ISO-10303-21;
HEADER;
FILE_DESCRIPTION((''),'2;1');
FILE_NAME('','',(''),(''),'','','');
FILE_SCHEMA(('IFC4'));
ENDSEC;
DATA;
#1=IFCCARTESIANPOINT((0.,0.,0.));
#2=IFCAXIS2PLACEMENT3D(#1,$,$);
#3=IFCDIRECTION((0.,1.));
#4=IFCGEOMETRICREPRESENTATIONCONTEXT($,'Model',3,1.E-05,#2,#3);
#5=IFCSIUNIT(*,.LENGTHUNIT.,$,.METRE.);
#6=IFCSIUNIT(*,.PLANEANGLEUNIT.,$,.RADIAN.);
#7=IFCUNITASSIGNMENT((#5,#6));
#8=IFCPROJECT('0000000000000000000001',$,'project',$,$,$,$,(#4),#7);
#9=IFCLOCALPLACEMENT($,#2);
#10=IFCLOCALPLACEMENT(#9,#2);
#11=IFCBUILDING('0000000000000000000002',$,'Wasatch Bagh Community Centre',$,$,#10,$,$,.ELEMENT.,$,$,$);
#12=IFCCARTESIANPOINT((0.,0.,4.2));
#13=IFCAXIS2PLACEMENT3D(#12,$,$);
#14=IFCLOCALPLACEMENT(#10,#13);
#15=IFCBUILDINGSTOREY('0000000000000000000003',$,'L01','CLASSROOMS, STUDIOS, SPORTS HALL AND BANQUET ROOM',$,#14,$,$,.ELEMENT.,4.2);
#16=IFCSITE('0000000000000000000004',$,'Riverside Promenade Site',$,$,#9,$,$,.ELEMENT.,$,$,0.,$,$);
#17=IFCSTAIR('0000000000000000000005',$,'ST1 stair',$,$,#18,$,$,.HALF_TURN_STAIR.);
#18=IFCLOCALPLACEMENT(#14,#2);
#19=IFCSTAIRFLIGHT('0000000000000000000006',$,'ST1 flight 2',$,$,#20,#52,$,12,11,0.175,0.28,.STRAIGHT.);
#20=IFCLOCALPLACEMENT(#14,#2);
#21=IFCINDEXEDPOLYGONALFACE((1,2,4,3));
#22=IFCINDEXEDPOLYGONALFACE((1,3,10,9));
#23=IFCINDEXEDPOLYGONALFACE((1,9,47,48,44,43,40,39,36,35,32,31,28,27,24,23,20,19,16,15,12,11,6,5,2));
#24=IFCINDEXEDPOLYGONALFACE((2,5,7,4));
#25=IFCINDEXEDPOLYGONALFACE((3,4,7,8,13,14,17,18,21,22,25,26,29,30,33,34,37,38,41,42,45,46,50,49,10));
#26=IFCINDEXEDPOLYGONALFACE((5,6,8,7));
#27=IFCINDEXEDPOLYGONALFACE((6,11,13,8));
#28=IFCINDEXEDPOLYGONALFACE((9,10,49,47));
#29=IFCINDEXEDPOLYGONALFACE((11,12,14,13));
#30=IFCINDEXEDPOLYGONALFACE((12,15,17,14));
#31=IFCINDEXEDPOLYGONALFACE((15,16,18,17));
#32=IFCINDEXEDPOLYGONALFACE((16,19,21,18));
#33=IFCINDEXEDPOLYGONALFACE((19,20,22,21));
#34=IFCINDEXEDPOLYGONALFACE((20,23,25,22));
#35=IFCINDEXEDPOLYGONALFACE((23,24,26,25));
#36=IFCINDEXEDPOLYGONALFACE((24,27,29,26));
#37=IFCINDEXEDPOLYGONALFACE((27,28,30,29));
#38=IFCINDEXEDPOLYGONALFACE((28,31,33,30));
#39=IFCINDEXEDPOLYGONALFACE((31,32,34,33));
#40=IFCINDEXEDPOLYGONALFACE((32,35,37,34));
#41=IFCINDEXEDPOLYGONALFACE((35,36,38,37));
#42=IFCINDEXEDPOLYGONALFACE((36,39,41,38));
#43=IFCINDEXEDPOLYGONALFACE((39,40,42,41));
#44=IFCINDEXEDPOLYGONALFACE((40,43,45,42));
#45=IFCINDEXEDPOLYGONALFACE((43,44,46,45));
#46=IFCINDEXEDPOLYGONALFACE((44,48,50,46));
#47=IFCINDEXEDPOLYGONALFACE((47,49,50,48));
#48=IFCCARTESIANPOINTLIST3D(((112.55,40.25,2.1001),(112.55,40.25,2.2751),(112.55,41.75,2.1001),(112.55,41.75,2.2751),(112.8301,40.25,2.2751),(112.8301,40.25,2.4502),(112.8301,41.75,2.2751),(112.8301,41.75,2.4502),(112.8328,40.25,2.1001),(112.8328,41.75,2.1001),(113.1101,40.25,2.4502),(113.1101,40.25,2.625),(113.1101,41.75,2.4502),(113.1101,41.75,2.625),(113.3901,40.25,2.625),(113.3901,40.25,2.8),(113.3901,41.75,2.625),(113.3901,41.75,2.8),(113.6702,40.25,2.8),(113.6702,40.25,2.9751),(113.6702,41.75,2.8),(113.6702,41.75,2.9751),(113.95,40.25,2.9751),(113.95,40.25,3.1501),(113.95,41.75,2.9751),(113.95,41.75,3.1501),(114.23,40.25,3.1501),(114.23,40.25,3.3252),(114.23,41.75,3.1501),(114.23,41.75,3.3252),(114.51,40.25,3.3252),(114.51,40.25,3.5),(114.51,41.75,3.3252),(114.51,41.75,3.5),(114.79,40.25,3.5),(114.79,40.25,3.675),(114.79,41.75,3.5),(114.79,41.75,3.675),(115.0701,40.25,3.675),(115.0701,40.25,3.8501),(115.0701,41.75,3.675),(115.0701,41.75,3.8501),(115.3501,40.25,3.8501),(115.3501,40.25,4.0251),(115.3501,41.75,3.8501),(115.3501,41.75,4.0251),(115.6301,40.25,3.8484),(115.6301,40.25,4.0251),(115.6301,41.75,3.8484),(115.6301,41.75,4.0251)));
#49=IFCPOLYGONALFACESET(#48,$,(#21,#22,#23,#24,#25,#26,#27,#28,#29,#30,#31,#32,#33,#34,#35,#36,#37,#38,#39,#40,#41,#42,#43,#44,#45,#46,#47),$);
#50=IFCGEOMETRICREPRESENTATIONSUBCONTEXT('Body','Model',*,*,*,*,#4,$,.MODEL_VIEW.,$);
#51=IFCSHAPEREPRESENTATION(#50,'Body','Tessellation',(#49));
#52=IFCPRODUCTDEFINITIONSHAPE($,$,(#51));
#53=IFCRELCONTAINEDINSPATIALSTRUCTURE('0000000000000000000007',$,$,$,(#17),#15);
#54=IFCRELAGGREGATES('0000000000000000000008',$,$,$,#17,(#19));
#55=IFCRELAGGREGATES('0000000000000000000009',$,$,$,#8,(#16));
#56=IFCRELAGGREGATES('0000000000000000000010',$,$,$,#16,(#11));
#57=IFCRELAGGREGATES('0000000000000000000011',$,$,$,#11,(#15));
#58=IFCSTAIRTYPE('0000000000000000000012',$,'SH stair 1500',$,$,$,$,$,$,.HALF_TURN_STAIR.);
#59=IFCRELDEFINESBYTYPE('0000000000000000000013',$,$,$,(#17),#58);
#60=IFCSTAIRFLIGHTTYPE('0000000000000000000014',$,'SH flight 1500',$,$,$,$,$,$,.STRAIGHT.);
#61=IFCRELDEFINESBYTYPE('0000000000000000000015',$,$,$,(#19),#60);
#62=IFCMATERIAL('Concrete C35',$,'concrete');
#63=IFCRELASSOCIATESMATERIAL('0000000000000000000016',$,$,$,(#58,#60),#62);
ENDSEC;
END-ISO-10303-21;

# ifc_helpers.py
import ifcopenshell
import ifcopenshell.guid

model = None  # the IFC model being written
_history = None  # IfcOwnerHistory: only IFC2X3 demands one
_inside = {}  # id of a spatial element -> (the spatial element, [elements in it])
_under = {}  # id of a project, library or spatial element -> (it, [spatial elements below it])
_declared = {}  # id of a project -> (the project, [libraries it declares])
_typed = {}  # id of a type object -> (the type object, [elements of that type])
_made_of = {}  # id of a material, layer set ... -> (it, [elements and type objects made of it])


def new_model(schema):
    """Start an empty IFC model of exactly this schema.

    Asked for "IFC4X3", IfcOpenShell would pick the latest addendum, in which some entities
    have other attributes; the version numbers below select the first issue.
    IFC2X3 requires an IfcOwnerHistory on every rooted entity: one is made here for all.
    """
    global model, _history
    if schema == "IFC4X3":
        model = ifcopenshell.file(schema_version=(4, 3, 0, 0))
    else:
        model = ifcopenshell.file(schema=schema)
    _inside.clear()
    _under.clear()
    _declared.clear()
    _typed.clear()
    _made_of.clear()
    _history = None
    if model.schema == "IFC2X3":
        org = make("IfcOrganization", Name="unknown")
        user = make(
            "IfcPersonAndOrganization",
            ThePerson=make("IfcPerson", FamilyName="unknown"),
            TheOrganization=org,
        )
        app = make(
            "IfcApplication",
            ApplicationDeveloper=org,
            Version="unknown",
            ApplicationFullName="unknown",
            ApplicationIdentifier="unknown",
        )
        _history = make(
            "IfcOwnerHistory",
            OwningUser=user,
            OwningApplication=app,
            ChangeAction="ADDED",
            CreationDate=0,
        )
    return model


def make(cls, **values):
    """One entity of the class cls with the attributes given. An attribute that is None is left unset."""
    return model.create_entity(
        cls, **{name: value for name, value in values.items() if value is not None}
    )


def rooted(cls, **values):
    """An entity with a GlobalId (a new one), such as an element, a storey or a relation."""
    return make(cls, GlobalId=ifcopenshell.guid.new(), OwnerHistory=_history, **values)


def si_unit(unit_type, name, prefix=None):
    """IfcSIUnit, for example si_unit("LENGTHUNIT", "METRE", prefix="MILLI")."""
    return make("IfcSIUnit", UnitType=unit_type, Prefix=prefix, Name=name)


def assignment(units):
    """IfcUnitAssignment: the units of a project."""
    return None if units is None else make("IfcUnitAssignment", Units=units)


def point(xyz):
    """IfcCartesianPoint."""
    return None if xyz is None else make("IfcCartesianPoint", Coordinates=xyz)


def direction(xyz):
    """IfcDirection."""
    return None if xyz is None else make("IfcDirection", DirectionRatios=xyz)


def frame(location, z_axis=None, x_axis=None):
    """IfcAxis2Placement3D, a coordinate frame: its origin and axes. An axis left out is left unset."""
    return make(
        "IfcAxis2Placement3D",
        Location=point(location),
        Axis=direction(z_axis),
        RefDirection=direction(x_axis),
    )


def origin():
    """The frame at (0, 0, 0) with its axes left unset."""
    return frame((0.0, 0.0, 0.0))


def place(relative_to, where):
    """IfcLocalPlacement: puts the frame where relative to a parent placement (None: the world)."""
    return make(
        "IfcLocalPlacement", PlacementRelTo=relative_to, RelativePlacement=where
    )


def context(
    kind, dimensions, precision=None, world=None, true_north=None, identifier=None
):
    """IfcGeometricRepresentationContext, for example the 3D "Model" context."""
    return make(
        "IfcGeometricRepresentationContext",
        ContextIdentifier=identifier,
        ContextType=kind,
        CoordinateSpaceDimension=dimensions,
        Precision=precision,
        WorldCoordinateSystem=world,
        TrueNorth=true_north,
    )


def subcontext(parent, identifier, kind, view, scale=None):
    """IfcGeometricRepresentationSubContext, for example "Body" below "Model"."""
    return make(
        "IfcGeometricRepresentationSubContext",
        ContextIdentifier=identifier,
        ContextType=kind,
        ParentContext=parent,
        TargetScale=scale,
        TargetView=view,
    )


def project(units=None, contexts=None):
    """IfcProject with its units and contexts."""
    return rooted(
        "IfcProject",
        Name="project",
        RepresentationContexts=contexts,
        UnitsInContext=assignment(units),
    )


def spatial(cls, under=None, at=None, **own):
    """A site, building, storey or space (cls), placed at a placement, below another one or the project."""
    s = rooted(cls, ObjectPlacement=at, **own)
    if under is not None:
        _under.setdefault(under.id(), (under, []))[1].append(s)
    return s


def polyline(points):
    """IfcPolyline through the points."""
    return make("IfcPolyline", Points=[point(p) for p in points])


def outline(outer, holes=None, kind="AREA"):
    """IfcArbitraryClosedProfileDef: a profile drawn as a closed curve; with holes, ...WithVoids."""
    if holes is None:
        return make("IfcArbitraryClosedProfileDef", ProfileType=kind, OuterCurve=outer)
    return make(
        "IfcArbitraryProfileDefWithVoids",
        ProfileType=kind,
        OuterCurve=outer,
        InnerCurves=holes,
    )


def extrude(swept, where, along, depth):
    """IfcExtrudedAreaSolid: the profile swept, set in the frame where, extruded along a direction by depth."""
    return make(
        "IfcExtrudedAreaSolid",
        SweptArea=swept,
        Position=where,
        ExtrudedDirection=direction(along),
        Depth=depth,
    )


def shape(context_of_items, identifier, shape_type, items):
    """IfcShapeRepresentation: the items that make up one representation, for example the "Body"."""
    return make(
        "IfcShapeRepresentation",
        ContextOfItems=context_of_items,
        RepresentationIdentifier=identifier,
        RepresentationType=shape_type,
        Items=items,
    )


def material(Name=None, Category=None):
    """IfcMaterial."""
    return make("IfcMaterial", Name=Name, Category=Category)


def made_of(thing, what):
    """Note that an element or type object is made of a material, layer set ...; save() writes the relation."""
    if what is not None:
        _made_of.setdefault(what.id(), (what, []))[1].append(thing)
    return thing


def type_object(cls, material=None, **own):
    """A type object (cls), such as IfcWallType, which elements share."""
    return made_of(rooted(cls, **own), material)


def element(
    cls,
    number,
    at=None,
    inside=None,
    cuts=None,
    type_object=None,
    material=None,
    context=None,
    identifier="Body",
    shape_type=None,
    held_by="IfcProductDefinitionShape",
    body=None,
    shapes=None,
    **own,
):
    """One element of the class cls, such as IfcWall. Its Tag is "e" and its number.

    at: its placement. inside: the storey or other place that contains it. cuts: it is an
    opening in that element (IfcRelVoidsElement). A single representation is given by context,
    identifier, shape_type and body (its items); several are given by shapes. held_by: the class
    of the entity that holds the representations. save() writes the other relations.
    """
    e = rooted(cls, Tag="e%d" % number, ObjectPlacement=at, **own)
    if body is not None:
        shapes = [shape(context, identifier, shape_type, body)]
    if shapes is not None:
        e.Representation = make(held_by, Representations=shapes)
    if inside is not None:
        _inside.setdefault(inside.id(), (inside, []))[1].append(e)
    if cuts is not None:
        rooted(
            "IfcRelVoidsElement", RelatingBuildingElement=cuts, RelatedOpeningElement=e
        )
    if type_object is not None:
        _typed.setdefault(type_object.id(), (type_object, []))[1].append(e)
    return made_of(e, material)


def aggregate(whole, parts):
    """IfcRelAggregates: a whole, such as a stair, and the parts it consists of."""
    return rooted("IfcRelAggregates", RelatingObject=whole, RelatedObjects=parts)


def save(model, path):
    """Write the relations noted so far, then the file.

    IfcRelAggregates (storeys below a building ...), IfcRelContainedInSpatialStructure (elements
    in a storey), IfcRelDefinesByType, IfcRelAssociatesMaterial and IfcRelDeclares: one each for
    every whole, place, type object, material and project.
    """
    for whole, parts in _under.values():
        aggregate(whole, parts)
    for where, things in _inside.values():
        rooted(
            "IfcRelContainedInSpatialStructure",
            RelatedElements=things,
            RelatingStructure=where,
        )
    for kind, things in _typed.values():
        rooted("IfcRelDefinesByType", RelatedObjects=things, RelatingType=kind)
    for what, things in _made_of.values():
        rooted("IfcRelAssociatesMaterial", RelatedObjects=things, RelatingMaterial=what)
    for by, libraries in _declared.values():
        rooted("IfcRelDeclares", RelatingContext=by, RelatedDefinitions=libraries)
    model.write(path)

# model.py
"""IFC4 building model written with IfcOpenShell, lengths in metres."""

from ifc_helpers import new_model, si_unit, direction, frame, origin, place, context, subcontext, project, spatial, polyline, outline, extrude, material, type_object, element, aggregate, save


model = new_model("IFC4")

# Units and contexts
model_context = context("Model", 3, precision=1e-05, world=origin(), true_north=direction((0.0, 1.0)))
body_context = subcontext(model_context, "Body", "Model", "MODEL_VIEW")
ifc_project = project(units=[si_unit("LENGTHUNIT", "METRE"), si_unit("PLANEANGLEUNIT", "RADIAN")], contexts=[model_context])

# Site, building, storey
site_placement = place(None, origin())
site = spatial("IfcSite", under=ifc_project, at=site_placement, Name="Riverside Promenade Site", CompositionType="ELEMENT", RefElevation=0.0)
building_placement = place(site_placement, origin())
building = spatial("IfcBuilding", under=site, at=building_placement, Name="Wasatch Bagh Community Centre", CompositionType="ELEMENT")
storey_placement = place(building_placement, frame((0.0, 0.0, 4.2)))
storey = spatial("IfcBuildingStorey", under=building, at=storey_placement, Name="L01", Description="CLASSROOMS, STUDIOS, SPORTS HALL AND BANQUET ROOM", CompositionType="ELEMENT", Elevation=4.2)

# Stair, stair flight
ifc_material_1 = material(Name="Concrete C35", Category="concrete")
stair_type = type_object("IfcStairType", Name="SH stair 1500", PredefinedType="HALF_TURN_STAIR", material=ifc_material_1)
stair_placement = place(storey_placement, origin())
stair = element("IfcStair", 1, at=stair_placement, inside=storey, type_object=stair_type, Name="ST1 stair", PredefinedType="HALF_TURN_STAIR")
stair_flight_type = type_object("IfcStairFlightType", Name="SH flight 1500", PredefinedType="STRAIGHT", material=ifc_material_1)
stair_flight_placement = place(storey_placement, frame((112.55, 41.0, 2.1001), z_axis=(0.0, 0.0, 1.0), x_axis=(1.0, 0.0, 0.0)))
stair_flight = element("IfcStairFlight", 2, at=stair_flight_placement, type_object=stair_flight_type, Name="ST1 flight 2", NumberOfRisers=12, NumberOfTreads=11, PredefinedType="STRAIGHT", RiserHeight=0.175, TreadLength=0.28, context=body_context, shape_type="SweptSolid", body=[
    extrude(outline(polyline([(0.0, 0.0), (0.0, 0.175), (0.28, 0.175), (0.28, 0.3501), (0.5601, 0.3501), (0.5601, 0.5249), (0.8401, 0.5249), (0.8401, 0.7), (1.1201, 0.7), (1.1201, 0.875), (1.3999, 0.875), (1.3999, 1.05), (1.6799, 1.05), (1.6799, 1.2251), (1.96, 1.2251), (1.96, 1.3999), (2.24, 1.3999), (2.24, 1.575), (2.52, 1.575), (2.52, 1.75), (2.8, 1.75), (2.8, 1.925), (3.0801, 1.925), (3.0801, 2.1001), (3.0801, 1.7483), (0.2827, 0.0), (0.0, 0.0)])), frame((0.0, 0.75, 0.0), z_axis=(0.0, -1.0, 0.0), x_axis=(1.0, 0.0, 0.0)), (0.0, 0.0, 1.0), 1.5),
])
aggregate(stair, [stair_flight])

save(model, "model.ifc")
